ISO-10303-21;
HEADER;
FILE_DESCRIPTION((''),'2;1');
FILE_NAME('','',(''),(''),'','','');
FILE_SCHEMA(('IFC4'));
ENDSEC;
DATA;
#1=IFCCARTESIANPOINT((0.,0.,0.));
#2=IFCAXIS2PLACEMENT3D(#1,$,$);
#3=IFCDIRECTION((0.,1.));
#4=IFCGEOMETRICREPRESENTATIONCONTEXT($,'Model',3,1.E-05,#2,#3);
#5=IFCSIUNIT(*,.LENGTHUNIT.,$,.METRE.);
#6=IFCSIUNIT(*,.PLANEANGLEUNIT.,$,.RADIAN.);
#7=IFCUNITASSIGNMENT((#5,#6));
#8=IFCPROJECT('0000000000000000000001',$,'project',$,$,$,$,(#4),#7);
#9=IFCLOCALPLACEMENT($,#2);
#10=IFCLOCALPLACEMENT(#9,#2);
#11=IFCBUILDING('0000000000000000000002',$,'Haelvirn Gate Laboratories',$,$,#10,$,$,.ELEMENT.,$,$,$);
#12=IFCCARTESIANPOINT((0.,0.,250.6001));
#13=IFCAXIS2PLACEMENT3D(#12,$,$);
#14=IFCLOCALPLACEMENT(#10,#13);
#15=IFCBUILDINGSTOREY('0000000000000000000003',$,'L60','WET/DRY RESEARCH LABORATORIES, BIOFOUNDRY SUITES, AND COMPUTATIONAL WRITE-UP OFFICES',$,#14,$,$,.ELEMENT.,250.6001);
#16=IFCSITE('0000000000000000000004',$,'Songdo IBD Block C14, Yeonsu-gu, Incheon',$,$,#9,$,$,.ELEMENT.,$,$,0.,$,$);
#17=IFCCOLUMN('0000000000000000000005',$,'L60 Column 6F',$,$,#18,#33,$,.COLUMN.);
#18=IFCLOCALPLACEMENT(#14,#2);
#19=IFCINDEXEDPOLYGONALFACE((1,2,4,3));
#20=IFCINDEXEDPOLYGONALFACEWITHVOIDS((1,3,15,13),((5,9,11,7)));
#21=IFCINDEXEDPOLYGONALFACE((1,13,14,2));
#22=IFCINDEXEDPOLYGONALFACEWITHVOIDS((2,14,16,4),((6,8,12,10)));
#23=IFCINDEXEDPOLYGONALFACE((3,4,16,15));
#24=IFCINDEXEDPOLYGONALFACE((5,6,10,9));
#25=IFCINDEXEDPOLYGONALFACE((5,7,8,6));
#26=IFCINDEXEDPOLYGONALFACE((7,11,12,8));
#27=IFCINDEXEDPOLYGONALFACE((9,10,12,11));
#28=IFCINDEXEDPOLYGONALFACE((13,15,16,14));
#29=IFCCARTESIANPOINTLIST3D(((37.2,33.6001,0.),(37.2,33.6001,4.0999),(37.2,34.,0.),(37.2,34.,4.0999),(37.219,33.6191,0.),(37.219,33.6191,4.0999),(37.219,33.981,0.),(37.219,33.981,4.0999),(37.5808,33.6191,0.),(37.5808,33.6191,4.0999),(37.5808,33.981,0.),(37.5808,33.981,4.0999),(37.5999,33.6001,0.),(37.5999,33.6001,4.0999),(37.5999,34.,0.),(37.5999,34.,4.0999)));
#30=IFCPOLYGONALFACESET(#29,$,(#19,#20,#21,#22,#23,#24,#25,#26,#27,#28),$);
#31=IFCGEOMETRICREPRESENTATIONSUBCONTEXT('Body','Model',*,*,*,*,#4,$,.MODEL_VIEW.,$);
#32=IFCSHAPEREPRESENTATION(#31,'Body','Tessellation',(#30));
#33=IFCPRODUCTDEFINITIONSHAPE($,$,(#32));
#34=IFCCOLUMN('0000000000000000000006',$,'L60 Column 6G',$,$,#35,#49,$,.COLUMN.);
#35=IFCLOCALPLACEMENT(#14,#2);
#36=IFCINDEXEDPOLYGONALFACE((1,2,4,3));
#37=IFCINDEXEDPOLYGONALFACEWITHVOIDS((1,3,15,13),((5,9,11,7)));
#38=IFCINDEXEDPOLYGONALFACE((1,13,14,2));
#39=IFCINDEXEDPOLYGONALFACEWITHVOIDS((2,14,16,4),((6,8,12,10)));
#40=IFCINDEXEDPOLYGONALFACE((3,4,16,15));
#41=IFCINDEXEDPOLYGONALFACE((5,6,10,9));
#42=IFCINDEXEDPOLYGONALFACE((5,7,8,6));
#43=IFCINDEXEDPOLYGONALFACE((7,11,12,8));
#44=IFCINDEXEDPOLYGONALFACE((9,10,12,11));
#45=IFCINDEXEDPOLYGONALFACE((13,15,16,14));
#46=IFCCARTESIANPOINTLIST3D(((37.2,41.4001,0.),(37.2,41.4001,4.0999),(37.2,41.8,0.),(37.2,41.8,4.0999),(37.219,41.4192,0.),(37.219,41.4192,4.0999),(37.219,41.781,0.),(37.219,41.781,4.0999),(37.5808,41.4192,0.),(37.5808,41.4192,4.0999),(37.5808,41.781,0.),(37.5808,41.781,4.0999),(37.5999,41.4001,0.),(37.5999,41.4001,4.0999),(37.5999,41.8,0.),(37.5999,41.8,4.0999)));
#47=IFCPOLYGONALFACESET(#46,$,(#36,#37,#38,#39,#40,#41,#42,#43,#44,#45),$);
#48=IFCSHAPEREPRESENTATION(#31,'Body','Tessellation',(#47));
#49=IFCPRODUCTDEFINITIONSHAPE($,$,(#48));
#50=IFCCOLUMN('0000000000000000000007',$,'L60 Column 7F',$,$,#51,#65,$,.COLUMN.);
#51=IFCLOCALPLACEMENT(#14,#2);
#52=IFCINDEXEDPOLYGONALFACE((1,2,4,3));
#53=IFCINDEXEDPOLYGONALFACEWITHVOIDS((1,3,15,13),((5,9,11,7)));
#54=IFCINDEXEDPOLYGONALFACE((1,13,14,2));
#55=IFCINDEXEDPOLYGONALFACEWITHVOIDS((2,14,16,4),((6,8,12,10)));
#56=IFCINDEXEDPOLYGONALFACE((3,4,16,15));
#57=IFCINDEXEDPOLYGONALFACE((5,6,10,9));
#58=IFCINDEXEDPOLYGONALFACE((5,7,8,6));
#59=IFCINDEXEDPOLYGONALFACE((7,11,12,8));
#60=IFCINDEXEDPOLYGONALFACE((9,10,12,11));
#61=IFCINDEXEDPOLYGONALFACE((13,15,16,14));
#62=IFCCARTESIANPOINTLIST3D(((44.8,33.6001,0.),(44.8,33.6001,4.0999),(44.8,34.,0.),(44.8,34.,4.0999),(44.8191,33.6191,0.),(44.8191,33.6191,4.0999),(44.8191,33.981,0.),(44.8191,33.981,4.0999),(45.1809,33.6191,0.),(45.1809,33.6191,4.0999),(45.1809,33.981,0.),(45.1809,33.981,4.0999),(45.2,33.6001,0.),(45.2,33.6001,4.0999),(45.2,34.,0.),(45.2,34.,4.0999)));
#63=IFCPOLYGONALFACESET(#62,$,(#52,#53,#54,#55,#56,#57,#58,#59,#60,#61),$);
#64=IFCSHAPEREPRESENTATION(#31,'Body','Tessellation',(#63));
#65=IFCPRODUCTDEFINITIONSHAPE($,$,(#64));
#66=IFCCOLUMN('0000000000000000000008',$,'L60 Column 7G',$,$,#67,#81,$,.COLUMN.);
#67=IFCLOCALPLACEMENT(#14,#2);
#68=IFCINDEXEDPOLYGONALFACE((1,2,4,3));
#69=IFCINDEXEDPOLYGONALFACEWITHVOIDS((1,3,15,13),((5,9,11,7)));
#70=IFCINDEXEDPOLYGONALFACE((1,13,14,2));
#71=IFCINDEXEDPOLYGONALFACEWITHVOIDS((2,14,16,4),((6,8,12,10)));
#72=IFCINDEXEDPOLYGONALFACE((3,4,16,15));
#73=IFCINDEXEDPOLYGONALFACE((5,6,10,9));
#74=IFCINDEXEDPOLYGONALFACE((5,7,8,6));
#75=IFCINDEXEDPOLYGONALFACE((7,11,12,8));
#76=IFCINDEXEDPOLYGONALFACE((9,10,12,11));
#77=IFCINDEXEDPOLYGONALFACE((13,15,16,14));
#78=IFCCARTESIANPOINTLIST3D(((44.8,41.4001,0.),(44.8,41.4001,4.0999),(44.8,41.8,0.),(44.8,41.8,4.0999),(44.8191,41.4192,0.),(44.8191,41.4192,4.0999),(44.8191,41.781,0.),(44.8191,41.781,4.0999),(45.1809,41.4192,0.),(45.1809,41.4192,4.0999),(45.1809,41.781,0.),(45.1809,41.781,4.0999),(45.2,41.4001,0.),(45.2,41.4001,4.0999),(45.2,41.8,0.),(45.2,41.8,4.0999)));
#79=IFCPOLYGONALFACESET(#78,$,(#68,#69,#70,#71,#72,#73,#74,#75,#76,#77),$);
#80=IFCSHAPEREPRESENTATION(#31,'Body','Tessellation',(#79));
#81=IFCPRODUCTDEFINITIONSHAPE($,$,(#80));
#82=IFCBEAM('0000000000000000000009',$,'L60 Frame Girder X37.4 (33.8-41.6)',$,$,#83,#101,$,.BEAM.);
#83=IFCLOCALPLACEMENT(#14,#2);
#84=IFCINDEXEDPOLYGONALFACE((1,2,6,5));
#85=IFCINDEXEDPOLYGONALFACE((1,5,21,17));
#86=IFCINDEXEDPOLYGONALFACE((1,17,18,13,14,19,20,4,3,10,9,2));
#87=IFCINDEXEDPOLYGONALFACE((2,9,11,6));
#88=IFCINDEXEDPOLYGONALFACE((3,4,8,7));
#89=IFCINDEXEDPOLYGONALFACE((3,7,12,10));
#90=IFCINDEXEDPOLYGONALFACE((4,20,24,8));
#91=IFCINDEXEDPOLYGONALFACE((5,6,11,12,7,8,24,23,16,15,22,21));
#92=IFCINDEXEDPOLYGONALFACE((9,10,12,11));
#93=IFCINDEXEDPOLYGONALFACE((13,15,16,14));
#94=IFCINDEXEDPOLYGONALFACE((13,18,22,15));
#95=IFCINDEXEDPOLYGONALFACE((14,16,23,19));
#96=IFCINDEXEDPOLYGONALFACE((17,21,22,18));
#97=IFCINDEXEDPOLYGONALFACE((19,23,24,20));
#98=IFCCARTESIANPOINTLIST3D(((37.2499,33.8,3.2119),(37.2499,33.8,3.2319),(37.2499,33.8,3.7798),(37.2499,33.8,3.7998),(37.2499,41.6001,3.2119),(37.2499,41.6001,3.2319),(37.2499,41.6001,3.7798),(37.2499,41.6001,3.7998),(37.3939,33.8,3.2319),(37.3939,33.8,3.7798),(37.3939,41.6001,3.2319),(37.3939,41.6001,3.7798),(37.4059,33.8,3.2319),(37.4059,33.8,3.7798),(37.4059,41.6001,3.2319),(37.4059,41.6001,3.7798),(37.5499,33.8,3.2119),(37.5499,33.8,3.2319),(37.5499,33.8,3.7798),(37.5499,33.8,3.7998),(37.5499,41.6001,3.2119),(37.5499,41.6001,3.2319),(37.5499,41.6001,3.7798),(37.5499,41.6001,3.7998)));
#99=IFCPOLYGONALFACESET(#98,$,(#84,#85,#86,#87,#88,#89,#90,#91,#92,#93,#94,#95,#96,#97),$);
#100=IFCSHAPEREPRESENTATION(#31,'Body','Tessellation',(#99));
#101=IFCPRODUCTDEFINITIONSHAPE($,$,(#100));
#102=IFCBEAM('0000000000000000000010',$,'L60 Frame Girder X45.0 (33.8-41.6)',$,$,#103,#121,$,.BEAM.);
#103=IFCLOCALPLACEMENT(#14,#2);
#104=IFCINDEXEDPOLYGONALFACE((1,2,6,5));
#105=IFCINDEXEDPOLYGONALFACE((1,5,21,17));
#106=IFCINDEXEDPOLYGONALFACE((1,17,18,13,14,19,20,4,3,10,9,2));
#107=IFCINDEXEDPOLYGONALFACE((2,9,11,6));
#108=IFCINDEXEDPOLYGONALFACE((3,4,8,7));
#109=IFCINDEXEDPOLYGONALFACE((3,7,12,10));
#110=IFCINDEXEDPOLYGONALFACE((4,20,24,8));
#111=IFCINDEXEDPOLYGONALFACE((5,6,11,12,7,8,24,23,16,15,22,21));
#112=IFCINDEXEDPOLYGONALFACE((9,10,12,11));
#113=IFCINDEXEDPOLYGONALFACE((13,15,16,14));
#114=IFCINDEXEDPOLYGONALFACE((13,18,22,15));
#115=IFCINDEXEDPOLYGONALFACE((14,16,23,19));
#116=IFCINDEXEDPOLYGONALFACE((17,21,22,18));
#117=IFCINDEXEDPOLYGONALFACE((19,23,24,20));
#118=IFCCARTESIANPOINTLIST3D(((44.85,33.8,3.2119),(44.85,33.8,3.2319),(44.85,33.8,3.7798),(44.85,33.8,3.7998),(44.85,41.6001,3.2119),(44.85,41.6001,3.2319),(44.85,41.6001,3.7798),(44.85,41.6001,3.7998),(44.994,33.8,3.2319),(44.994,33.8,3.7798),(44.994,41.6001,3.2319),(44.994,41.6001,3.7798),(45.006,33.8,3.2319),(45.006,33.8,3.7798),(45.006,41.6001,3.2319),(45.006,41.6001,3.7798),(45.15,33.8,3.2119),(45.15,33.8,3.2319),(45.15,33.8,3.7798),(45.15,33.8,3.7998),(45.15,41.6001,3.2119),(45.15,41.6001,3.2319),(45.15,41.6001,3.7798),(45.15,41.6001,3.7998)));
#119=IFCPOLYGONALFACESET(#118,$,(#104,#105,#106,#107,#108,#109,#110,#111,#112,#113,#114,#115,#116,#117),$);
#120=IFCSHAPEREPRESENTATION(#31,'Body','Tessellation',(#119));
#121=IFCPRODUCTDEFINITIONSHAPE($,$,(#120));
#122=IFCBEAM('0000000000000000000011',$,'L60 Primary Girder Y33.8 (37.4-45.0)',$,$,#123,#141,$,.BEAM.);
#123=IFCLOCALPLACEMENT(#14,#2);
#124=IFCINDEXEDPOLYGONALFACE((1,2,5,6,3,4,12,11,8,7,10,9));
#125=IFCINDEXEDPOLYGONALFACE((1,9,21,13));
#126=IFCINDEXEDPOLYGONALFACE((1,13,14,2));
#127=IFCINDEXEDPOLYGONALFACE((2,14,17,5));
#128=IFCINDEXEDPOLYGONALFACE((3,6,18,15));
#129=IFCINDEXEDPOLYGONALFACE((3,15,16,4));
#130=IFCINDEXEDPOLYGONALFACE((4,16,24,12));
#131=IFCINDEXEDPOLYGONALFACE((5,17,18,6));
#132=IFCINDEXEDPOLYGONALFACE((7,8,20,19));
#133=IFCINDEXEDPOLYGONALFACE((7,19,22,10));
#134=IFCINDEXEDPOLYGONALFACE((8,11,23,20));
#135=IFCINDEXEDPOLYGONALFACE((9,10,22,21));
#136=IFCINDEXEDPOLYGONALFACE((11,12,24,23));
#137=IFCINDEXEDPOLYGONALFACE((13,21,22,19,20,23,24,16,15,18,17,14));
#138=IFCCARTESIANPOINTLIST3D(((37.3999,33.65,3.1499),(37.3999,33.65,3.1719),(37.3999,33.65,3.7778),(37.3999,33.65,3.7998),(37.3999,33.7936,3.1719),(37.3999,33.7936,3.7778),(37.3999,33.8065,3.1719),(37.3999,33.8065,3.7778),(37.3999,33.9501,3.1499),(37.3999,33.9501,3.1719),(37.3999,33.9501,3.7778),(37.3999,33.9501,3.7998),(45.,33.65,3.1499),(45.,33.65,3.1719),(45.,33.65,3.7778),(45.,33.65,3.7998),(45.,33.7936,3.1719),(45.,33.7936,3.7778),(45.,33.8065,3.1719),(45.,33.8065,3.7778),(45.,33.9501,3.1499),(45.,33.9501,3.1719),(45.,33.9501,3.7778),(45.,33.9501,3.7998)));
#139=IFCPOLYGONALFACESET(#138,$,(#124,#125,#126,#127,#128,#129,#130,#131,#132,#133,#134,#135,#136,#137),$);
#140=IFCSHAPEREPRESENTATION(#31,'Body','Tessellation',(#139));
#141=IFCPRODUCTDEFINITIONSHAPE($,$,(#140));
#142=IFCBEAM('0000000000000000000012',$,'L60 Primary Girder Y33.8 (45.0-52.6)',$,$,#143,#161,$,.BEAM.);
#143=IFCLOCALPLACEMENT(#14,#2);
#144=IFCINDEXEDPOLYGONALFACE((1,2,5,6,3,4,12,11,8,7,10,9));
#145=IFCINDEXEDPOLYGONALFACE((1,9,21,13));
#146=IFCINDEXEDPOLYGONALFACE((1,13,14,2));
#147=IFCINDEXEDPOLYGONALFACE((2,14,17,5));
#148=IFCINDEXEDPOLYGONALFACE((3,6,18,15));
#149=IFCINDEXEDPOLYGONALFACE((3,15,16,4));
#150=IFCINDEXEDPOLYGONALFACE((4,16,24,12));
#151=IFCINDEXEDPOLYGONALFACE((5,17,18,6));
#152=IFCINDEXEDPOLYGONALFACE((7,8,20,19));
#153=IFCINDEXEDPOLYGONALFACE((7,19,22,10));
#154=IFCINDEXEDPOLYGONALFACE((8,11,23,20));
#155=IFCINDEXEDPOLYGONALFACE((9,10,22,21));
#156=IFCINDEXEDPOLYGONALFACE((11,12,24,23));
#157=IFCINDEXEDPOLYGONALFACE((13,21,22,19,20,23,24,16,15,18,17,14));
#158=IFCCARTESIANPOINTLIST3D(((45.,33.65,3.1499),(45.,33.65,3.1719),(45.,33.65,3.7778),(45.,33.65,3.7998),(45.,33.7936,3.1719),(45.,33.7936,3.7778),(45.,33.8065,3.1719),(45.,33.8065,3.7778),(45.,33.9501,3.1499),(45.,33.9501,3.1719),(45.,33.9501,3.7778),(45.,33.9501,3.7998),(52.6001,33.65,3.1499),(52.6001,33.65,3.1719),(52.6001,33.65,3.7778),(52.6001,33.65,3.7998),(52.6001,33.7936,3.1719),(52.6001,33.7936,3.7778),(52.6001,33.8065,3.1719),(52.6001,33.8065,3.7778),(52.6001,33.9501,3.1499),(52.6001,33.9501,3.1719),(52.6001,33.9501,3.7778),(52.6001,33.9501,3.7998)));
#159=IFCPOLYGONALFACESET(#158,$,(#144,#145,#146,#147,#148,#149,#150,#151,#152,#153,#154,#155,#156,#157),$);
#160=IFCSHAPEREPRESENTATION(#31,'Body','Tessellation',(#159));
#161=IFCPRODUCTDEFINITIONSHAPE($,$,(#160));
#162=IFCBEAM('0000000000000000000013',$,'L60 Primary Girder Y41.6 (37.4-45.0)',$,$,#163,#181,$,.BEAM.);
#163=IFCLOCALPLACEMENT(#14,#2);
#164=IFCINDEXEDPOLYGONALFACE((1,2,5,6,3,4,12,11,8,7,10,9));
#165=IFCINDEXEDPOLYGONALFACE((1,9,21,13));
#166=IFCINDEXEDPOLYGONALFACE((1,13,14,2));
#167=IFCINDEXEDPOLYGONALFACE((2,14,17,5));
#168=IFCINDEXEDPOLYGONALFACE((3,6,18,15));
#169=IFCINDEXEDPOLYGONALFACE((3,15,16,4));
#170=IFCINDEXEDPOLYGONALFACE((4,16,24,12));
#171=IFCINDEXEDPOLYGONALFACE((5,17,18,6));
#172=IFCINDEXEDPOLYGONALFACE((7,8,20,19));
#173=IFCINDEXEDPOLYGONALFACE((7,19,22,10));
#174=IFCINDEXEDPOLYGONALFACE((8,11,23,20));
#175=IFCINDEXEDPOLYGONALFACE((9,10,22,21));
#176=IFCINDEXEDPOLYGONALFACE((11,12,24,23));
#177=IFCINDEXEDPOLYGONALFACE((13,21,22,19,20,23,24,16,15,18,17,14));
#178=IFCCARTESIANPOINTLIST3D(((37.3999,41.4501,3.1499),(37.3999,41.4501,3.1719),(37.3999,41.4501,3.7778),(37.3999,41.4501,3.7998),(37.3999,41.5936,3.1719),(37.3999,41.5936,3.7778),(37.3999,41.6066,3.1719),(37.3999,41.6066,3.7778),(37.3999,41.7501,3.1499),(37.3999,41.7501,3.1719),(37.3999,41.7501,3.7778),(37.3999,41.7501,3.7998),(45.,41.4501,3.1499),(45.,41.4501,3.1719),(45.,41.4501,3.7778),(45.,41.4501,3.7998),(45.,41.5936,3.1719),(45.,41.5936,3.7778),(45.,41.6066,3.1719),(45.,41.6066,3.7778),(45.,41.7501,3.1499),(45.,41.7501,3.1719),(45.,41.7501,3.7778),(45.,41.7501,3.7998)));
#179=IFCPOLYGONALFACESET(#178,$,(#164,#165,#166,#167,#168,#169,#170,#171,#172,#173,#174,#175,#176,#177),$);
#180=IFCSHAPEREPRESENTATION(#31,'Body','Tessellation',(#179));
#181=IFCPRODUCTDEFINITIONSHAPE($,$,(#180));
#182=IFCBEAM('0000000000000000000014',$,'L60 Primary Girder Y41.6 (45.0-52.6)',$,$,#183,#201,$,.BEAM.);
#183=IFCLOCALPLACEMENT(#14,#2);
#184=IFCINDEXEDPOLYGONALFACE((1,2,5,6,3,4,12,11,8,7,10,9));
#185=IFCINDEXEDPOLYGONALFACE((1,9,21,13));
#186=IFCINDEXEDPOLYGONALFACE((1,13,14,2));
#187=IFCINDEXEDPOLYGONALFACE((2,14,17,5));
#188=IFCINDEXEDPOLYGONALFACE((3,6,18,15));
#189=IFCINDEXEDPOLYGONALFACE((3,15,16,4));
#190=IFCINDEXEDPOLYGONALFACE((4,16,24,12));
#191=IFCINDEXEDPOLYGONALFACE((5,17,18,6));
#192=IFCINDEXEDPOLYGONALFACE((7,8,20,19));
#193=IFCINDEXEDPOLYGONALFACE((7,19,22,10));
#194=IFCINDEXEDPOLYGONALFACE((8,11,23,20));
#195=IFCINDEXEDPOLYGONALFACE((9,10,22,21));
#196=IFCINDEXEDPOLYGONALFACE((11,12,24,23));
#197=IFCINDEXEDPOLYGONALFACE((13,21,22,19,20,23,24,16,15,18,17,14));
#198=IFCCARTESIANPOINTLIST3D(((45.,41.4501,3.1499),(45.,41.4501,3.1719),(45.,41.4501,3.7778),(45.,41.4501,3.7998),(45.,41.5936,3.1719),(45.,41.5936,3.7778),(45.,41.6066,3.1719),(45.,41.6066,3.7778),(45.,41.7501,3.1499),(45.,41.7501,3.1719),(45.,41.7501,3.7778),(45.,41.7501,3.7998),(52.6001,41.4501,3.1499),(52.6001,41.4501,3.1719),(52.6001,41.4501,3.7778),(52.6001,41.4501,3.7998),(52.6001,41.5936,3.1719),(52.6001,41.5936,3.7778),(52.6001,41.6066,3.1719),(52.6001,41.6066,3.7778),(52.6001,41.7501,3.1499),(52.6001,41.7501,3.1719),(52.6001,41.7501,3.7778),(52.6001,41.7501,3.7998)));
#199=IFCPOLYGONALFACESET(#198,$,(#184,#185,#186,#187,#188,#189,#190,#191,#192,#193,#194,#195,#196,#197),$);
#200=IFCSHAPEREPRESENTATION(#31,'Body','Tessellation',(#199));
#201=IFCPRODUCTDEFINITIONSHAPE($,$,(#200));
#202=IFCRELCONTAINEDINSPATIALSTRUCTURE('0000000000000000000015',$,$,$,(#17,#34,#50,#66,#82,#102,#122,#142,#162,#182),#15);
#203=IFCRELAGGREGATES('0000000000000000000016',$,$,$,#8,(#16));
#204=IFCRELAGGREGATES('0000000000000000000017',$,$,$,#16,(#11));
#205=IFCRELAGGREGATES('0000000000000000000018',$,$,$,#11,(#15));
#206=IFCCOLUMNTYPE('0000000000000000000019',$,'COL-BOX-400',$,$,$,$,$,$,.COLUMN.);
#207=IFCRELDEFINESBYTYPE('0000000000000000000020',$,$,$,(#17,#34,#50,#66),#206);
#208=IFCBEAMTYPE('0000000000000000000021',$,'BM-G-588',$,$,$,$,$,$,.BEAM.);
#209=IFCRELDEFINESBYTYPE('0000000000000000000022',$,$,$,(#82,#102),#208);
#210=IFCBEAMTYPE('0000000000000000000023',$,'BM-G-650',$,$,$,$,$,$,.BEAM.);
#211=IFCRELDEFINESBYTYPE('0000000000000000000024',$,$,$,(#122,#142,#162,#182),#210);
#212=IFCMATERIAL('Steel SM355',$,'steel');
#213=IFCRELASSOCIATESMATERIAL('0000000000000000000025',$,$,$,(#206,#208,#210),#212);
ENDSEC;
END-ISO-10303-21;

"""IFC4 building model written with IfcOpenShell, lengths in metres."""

from ifc_helpers import new_model, si_unit, direction, frame, origin, origin_2d, place, context, subcontext, project, spatial, hollow_rectangle, i_section, extrude, source, transform, mapped, material, material_profile, profile_set, type_object, type_shapes, element, save


model = new_model("IFC4")

# Units and contexts
model_context = context("Model", 3, precision=1e-05, world=origin(), true_north=direction((0.0, 1.0)))
body_context = subcontext(model_context, "Body", "Model", "MODEL_VIEW")
ifc_project = project(units=[si_unit("LENGTHUNIT", "METRE"), si_unit("PLANEANGLEUNIT", "RADIAN")], contexts=[model_context])

# Site, building, storey
site_placement = place(None, origin())
site = spatial("IfcSite", under=ifc_project, at=site_placement, Name="Songdo IBD Block C14, Yeonsu-gu, Incheon", CompositionType="ELEMENT", RefElevation=0.0)
building_placement = place(site_placement, origin())
building = spatial("IfcBuilding", under=site, at=building_placement, Name="Haelvirn Gate Laboratories", CompositionType="ELEMENT")
storey_placement = place(building_placement, frame((0.0, 0.0, 250.6001)))
storey = spatial("IfcBuildingStorey", under=building, at=storey_placement, Name="L60", Description="WET/DRY RESEARCH LABORATORIES, BIOFOUNDRY SUITES, AND COMPUTATIONAL WRITE-UP OFFICES", CompositionType="ELEMENT", Elevation=250.6001)

# Columns
ifc_material_1 = material(Name="Steel SM355", Category="steel")
ifc_material_profile_1 = material_profile(ifc_material_1, hollow_rectangle(XDim=0.3999, YDim=0.3999, WallThickness=0.019, at=origin_2d()), Name="BOX-400x400x19")
ifc_profile_set_1 = profile_set([ifc_material_profile_1], Name="Steel SM355")
column_type = type_object("IfcColumnType", Name="COL-BOX-400", PredefinedType="COLUMN", material=ifc_profile_set_1)
shared_shape_1 = source(origin(), body_context, "Body", "SweptSolid", [
    extrude(hollow_rectangle(XDim=0.3999, YDim=0.3999, WallThickness=0.019, at=origin_2d()), origin(), (0.0, 0.0, 1.0), 4.0999),
])
type_shapes(column_type, [shared_shape_1])
for number, where, z_axis, x_axis, name in (
    (1, (37.3999, 33.8, 0.0), (0.0, 0.0, 1.0), (1.0, 0.0, 0.0), "L60 Column 6F"),
    (2, (37.3999, 41.6001, 0.0), (0.0, 0.0, 1.0), (1.0, 0.0, 0.0), "L60 Column 6G"),
    (3, (45.0, 33.8, 0.0), (0.0, 0.0, 1.0), (1.0, 0.0, 0.0), "L60 Column 7F"),
    (4, (45.0, 41.6001, 0.0), (0.0, 0.0, 1.0), (1.0, 0.0, 0.0), "L60 Column 7G"),
):
    element("IfcColumn", number, at=place(storey_placement, frame(where, z_axis=z_axis, x_axis=x_axis)), inside=storey, type_object=column_type, Name=name, PredefinedType="COLUMN", context=body_context, shape_type="MappedRepresentation", body=[
        mapped(shared_shape_1, transform((0.0, 0.0, 0.0), scale=1.0)),
    ])

# Beams
ifc_material_profile_2 = material_profile(ifc_material_1, i_section(OverallWidth=0.3, OverallDepth=0.5879, WebThickness=0.012, FlangeThickness=0.02, at=origin_2d()), Name="H-588x300x12x20")
ifc_profile_set_2 = profile_set([ifc_material_profile_2], Name="Steel SM355")
beam_type_1 = type_object("IfcBeamType", Name="BM-G-588", PredefinedType="BEAM", material=ifc_profile_set_2)
shared_shape_2 = source(origin(), body_context, "Body", "SweptSolid", [
    extrude(i_section(OverallWidth=0.3, OverallDepth=0.5879, WebThickness=0.012, FlangeThickness=0.02, at=origin_2d()), origin(), (0.0, 0.0, 1.0), 7.8),
])
type_shapes(beam_type_1, [shared_shape_2])
for number, where, z_axis, x_axis, name in (
    (5, (37.3999, 33.8, 3.5059), (0.0, 1.0, 0.0), (-1.0, 0.0, 0.0), "L60 Frame Girder X37.4 (33.8-41.6)"),
    (6, (45.0, 33.8, 3.5059), (0.0, 1.0, 0.0), (-1.0, 0.0, 0.0), "L60 Frame Girder X45.0 (33.8-41.6)"),
):
    element("IfcBeam", number, at=place(storey_placement, frame(where, z_axis=z_axis, x_axis=x_axis)), inside=storey, type_object=beam_type_1, Name=name, PredefinedType="BEAM", context=body_context, shape_type="MappedRepresentation", body=[
        mapped(shared_shape_2, transform((0.0, 0.0, 0.0), scale=1.0)),
    ])
ifc_material_profile_3 = material_profile(ifc_material_1, i_section(OverallWidth=0.3, OverallDepth=0.6499, WebThickness=0.0129, FlangeThickness=0.022, at=origin_2d()), Name="H-650x300x13x22")
ifc_profile_set_3 = profile_set([ifc_material_profile_3], Name="Steel SM355")
beam_type_2 = type_object("IfcBeamType", Name="BM-G-650", PredefinedType="BEAM", material=ifc_profile_set_3)
shared_shape_3 = source(origin(), body_context, "Body", "SweptSolid", [
    extrude(i_section(OverallWidth=0.3, OverallDepth=0.6499, WebThickness=0.0129, FlangeThickness=0.022, at=origin_2d()), origin(), (0.0, 0.0, 1.0), 7.6001),
])
type_shapes(beam_type_2, [shared_shape_3])
for number, where, z_axis, x_axis, name in (
    (7, (37.3999, 33.8, 3.4749), (1.0, 0.0, 0.0), (0.0, 1.0, 0.0), "L60 Primary Girder Y33.8 (37.4-45.0)"),
    (8, (45.0, 33.8, 3.4749), (1.0, 0.0, 0.0), (0.0, 1.0, 0.0), "L60 Primary Girder Y33.8 (45.0-52.6)"),
    (9, (37.3999, 41.6001, 3.4749), (1.0, 0.0, 0.0), (0.0, 1.0, 0.0), "L60 Primary Girder Y41.6 (37.4-45.0)"),
    (10, (45.0, 41.6001, 3.4749), (1.0, 0.0, 0.0), (0.0, 1.0, 0.0), "L60 Primary Girder Y41.6 (45.0-52.6)"),
):
    element("IfcBeam", number, at=place(storey_placement, frame(where, z_axis=z_axis, x_axis=x_axis)), inside=storey, type_object=beam_type_2, Name=name, PredefinedType="BEAM", context=body_context, shape_type="MappedRepresentation", body=[
        mapped(shared_shape_3, transform((0.0, 0.0, 0.0), scale=1.0)),
    ])

save(model, "model.ifc")
